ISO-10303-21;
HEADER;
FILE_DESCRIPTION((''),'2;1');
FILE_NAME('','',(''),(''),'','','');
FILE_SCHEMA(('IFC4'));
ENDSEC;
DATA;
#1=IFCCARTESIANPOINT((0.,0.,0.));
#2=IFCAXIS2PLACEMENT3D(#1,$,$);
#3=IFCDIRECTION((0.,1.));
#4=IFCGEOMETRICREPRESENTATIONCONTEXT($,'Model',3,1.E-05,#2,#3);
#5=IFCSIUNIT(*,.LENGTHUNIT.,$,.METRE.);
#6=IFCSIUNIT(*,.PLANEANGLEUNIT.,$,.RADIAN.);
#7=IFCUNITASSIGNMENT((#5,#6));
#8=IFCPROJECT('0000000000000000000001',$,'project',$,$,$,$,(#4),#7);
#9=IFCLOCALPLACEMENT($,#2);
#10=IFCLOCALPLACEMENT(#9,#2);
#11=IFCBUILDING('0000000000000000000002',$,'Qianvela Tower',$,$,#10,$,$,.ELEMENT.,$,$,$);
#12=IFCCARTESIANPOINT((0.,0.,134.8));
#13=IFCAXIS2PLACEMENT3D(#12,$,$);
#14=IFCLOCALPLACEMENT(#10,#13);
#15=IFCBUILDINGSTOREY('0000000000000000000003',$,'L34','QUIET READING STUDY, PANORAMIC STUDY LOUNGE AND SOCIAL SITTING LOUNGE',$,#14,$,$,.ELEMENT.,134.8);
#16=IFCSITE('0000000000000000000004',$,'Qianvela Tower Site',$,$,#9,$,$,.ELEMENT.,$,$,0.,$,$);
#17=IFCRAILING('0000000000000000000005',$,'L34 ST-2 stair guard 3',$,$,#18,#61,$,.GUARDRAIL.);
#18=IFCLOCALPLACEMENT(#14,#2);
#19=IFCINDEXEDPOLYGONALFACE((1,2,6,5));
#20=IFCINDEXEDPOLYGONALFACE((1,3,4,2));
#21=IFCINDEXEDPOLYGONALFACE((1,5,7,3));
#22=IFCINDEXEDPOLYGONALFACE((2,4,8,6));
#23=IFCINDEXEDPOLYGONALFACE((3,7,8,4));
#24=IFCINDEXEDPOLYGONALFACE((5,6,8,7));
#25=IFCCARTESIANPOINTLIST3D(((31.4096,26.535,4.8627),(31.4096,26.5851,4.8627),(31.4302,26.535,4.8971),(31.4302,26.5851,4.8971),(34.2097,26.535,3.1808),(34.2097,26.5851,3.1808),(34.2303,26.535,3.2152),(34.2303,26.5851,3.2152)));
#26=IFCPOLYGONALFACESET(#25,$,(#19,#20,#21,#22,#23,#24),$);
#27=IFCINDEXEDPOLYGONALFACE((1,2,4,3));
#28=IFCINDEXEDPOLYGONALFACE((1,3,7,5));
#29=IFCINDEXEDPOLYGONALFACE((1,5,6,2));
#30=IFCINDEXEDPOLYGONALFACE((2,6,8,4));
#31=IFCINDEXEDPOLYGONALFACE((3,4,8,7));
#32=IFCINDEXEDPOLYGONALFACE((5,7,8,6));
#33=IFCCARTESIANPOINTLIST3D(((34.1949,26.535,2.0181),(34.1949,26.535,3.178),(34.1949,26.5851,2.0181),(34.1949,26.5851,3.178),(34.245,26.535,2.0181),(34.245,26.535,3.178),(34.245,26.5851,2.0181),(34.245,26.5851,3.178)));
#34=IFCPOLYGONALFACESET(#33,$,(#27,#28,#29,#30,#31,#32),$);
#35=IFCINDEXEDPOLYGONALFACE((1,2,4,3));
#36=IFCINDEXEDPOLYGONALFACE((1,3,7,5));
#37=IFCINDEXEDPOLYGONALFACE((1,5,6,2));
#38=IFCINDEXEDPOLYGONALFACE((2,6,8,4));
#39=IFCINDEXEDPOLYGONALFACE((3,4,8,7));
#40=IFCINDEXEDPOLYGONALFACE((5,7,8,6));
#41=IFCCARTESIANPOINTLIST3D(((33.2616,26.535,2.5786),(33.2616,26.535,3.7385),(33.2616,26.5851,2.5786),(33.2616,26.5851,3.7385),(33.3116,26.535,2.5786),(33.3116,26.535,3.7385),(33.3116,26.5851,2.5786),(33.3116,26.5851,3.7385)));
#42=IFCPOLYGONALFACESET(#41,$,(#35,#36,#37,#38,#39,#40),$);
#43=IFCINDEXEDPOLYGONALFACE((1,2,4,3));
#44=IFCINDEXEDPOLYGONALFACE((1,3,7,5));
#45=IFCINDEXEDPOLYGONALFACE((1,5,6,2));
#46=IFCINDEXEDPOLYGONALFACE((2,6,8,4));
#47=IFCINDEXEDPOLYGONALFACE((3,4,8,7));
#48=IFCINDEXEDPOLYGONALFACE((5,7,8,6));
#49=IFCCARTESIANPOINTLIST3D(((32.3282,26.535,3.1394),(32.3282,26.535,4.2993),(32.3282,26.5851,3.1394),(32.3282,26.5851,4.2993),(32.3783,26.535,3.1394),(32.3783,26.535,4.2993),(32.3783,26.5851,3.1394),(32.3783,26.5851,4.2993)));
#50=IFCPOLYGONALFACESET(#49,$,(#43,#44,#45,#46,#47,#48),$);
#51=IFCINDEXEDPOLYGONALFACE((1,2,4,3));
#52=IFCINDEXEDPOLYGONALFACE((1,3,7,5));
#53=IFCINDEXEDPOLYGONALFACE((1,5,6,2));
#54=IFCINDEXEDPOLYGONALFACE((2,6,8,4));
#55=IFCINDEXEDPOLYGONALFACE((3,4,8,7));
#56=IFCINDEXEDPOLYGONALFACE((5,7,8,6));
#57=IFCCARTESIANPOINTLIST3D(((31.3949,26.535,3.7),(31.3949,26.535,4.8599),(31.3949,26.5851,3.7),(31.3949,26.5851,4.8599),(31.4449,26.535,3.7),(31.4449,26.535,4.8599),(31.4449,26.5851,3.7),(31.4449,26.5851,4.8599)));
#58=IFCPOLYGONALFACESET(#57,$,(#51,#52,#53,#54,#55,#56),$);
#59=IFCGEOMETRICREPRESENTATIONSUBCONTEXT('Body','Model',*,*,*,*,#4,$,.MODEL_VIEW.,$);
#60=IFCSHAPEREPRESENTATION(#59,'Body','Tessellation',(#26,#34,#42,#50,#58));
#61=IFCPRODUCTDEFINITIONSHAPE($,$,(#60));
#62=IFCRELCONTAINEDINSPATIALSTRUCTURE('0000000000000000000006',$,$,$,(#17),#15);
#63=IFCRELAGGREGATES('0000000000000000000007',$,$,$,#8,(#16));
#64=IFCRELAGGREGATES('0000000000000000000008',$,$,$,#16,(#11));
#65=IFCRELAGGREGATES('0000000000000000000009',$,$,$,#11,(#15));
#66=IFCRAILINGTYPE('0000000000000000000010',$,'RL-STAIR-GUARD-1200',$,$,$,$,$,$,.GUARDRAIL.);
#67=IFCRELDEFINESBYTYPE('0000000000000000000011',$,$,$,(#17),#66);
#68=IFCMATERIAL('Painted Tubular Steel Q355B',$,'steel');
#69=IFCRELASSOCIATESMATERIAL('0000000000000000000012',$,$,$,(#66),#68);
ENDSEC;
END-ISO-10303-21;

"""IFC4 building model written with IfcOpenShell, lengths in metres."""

from ifc_helpers import new_model, si_unit, direction, frame, origin, origin_2d, place, context, subcontext, project, spatial, rectangle, extrude, material, type_object, element, save


model = new_model("IFC4")

# Units and contexts
model_context = context("Model", 3, precision=1e-05, world=origin(), true_north=direction((0.0, 1.0)))
body_context = subcontext(model_context, "Body", "Model", "MODEL_VIEW")
ifc_project = project(units=[si_unit("LENGTHUNIT", "METRE"), si_unit("PLANEANGLEUNIT", "RADIAN")], contexts=[model_context])

# Site, building, storey
site_placement = place(None, origin())
site = spatial("IfcSite", under=ifc_project, at=site_placement, Name="Qianvela Tower Site", CompositionType="ELEMENT", RefElevation=0.0)
building_placement = place(site_placement, origin())
building = spatial("IfcBuilding", under=site, at=building_placement, Name="Qianvela Tower", CompositionType="ELEMENT")
storey_placement = place(building_placement, frame((0.0, 0.0, 134.8)))
storey = spatial("IfcBuildingStorey", under=building, at=storey_placement, Name="L34", Description="QUIET READING STUDY, PANORAMIC STUDY LOUNGE AND SOCIAL SITTING LOUNGE", CompositionType="ELEMENT", Elevation=134.8)

# Railing
ifc_material_1 = material(Name="Painted Tubular Steel Q355B", Category="steel")
railing_type = type_object("IfcRailingType", Name="RL-STAIR-GUARD-1200", PredefinedType="GUARDRAIL", material=ifc_material_1)
railing_1_placement = place(storey_placement, frame((34.22, 26.5601, 2.0181)))
element("IfcRailing", 1, at=railing_1_placement, inside=storey, type_object=railing_type, Name="L34 ST-2 stair guard 3", PredefinedType="GUARDRAIL", context=body_context, shape_type="SweptSolid", body=[
    extrude(rectangle(XDim=0.05, YDim=0.04, at=origin_2d()), frame((0.0, 0.0, 1.1799), z_axis=(-0.857242, 0.0, 0.514913), x_axis=(0.0, -1.0, 0.0)), (0.0, 0.0, 1.0), 3.2664),
    extrude(rectangle(XDim=0.05, YDim=0.05, at=origin_2d()), origin(), (0.0, 0.0, 1.0), 1.1599),
    extrude(rectangle(XDim=0.05, YDim=0.05, at=origin_2d()), frame((-0.9333, 0.0, 0.5605)), (0.0, 0.0, 1.0), 1.1599),
    extrude(rectangle(XDim=0.05, YDim=0.05, at=origin_2d()), frame((-1.8667, 0.0, 1.1213)), (0.0, 0.0, 1.0), 1.1599),
    extrude(rectangle(XDim=0.05, YDim=0.05, at=origin_2d()), frame((-2.8, 0.0, 1.6819)), (0.0, 0.0, 1.0), 1.1599),
])

save(model, "model.ifc")
